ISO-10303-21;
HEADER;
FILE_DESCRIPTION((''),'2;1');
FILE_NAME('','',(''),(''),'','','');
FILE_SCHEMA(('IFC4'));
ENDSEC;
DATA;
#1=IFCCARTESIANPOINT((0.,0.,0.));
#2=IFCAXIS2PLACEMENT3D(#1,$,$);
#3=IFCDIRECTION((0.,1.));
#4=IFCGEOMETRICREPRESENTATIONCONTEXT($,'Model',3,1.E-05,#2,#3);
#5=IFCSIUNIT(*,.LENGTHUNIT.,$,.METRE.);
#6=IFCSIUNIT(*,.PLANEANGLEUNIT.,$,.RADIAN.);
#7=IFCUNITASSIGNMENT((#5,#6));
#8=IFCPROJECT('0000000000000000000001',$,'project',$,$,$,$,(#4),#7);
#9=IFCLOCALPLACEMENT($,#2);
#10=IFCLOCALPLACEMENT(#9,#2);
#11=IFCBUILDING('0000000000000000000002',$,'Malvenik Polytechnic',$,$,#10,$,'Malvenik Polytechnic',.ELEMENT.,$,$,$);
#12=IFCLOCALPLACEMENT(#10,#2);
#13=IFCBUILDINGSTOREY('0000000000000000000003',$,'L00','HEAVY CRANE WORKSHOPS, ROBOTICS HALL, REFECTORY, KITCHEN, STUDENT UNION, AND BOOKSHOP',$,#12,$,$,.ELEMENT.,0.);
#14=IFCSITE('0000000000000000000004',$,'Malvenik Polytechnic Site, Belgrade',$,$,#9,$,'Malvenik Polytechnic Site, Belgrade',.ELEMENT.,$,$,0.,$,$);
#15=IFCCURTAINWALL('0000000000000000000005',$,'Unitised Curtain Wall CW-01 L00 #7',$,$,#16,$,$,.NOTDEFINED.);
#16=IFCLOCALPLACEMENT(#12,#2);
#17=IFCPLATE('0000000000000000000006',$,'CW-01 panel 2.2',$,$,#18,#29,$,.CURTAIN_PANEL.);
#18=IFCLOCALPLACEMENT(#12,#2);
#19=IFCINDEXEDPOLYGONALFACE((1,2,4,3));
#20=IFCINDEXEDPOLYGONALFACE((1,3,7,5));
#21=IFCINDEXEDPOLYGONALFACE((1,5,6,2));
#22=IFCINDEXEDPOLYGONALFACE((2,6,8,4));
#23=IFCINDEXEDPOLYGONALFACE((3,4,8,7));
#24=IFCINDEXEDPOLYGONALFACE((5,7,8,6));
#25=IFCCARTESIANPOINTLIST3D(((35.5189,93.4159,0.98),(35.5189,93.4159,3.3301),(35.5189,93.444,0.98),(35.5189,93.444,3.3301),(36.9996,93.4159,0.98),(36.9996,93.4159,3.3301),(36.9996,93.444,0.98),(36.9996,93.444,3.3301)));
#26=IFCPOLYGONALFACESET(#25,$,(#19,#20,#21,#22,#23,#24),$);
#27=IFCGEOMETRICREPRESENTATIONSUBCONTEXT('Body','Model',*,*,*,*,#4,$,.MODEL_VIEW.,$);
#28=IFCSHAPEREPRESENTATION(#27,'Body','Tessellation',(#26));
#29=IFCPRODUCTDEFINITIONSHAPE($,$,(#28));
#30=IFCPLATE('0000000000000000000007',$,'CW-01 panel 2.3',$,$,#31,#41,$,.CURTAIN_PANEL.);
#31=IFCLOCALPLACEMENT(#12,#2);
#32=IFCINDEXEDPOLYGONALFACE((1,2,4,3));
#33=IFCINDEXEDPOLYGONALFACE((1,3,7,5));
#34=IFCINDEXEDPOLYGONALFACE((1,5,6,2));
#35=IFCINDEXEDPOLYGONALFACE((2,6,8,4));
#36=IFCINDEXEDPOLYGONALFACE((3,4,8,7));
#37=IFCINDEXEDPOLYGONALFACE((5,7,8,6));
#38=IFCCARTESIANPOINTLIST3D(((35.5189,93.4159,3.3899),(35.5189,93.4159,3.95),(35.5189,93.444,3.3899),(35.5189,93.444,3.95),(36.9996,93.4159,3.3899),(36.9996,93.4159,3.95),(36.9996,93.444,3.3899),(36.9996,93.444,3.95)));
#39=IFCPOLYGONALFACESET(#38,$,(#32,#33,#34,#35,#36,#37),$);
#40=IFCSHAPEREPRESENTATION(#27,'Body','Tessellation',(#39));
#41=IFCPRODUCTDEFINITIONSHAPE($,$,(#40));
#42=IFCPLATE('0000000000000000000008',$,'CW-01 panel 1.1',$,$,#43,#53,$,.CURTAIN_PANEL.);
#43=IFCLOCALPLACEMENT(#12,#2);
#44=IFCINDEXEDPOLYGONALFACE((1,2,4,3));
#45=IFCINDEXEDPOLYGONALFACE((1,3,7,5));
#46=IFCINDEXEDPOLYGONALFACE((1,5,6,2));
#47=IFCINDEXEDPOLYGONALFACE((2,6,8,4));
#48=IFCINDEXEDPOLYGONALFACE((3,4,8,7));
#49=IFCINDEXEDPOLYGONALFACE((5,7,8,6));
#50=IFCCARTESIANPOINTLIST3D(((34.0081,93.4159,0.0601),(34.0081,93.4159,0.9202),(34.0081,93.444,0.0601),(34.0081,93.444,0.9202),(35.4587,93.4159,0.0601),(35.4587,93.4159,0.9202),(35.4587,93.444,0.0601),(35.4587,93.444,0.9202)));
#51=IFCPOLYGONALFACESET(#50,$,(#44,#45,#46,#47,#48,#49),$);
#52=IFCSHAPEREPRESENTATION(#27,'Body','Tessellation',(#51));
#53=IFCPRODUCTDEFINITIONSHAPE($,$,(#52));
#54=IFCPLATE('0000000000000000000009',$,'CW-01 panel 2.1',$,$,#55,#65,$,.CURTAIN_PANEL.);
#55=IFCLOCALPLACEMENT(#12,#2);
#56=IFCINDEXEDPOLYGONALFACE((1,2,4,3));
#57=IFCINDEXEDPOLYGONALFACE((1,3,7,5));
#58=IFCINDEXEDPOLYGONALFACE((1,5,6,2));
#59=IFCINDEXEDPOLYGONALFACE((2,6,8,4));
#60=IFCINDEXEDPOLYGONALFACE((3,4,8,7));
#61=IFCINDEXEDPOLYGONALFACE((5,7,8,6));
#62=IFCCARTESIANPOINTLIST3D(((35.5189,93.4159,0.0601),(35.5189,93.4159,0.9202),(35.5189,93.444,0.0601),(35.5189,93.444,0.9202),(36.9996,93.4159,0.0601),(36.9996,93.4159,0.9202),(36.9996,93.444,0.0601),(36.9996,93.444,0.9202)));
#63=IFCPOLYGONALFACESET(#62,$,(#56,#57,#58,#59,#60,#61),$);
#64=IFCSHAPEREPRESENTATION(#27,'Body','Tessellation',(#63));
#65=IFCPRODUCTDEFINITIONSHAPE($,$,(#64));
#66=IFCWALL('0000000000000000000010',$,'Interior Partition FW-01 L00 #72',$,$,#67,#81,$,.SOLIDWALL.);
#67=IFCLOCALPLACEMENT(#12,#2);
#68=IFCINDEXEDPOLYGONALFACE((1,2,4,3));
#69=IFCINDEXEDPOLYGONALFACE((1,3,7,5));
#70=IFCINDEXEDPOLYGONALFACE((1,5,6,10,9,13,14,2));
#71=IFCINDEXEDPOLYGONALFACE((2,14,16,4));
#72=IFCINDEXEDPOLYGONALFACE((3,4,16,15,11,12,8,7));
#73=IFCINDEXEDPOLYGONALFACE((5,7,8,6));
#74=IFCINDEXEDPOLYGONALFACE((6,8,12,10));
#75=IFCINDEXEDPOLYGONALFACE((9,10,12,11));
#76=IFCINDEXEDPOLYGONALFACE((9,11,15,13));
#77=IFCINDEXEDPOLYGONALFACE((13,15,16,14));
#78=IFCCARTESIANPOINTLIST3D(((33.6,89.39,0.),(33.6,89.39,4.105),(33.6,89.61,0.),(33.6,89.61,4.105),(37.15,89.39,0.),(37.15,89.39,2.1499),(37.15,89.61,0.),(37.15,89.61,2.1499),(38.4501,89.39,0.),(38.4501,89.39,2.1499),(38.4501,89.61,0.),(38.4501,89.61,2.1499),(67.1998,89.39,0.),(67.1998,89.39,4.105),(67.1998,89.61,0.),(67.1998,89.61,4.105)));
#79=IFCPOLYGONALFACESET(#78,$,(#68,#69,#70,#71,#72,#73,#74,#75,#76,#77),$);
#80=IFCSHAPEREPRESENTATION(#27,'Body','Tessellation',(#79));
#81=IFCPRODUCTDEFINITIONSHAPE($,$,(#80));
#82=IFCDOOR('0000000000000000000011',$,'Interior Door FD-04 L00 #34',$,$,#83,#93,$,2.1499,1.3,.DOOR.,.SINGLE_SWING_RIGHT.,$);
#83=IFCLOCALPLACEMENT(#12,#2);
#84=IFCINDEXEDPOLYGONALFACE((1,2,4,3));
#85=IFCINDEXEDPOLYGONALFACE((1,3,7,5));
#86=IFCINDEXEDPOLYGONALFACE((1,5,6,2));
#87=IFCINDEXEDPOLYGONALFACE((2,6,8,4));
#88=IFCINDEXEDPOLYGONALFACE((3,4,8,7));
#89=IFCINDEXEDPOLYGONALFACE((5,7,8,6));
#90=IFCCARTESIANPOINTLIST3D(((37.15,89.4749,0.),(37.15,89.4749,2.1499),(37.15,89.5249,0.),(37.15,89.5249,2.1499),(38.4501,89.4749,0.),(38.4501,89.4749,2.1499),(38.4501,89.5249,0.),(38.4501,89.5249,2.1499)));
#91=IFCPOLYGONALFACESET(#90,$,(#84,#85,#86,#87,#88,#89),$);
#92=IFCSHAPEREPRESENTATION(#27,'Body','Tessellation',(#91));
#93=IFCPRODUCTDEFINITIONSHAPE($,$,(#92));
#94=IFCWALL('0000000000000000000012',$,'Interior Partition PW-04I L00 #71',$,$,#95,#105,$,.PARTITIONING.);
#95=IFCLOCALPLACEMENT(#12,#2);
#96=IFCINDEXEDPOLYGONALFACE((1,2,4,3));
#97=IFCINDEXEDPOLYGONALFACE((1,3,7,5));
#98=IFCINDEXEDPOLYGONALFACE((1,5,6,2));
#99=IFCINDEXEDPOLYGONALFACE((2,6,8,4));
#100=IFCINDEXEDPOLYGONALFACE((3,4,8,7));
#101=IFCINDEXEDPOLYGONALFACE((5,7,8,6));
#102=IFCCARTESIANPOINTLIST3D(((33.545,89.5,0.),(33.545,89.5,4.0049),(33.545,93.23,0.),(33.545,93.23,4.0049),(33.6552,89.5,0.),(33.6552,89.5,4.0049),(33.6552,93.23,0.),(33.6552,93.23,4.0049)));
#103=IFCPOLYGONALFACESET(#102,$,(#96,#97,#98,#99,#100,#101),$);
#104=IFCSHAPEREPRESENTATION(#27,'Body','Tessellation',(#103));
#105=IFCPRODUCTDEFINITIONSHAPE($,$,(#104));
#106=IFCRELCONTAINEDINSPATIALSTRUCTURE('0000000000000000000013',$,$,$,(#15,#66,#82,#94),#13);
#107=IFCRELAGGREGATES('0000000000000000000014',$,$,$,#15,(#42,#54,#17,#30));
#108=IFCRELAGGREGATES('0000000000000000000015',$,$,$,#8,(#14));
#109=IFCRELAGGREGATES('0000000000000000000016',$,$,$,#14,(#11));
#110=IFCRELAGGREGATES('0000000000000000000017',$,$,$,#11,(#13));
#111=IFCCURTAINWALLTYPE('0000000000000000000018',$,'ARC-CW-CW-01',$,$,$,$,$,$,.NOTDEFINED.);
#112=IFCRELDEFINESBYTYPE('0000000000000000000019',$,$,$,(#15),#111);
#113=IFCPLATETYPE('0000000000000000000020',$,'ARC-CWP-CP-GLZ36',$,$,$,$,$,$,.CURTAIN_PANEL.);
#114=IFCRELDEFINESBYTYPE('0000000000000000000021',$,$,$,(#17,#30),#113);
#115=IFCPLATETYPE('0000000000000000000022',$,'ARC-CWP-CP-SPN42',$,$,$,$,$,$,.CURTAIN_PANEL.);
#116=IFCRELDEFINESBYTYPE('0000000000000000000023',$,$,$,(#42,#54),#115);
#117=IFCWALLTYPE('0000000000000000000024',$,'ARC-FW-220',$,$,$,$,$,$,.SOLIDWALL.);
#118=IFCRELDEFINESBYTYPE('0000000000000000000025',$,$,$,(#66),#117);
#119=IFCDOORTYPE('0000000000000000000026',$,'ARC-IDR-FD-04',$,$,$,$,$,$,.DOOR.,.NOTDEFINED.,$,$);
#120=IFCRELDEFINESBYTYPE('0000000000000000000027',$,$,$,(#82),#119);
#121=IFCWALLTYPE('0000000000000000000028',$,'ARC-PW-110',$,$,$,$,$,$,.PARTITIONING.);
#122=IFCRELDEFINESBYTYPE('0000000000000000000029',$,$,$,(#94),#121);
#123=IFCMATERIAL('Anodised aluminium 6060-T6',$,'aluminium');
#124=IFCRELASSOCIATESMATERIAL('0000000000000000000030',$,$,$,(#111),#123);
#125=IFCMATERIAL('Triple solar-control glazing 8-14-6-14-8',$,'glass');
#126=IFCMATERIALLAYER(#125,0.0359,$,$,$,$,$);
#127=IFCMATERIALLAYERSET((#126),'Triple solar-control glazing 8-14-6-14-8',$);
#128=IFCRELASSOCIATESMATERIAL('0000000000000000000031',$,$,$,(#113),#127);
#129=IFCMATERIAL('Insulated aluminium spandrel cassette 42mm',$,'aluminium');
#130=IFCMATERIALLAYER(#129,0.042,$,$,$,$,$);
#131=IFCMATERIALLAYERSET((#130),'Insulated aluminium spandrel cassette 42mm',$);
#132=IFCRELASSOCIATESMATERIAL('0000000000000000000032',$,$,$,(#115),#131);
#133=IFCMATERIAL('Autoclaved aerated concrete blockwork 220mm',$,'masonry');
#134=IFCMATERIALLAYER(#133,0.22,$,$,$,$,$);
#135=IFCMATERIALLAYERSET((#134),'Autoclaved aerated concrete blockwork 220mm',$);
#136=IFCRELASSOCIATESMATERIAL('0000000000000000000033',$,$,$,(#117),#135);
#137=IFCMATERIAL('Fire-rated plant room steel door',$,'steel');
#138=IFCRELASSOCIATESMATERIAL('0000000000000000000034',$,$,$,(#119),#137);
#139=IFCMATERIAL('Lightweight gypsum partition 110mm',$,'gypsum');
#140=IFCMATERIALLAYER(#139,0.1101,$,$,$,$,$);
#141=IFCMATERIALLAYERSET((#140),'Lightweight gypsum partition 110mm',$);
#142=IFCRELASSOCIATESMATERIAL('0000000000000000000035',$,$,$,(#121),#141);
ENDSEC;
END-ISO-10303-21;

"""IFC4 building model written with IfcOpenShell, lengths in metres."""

from ifc_helpers import new_model, si_unit, direction, frame, frame_2d, origin, origin_2d, place, context, subcontext, project, spatial, rectangle, extrude, material, layer, layer_set, type_object, element, fill, aggregate, save


model = new_model("IFC4")

# Units and contexts
model_context = context("Model", 3, precision=1e-05, world=origin(), true_north=direction((0.0, 1.0)))
body_context = subcontext(model_context, "Body", "Model", "MODEL_VIEW")
ifc_project = project(units=[si_unit("LENGTHUNIT", "METRE"), si_unit("PLANEANGLEUNIT", "RADIAN")], contexts=[model_context])

# Site, building, storey
site_placement = place(None, origin())
site = spatial("IfcSite", under=ifc_project, at=site_placement, Name="Malvenik Polytechnic Site, Belgrade", LongName="Malvenik Polytechnic Site, Belgrade", CompositionType="ELEMENT", RefElevation=0.0)
building_placement = place(site_placement, origin())
building = spatial("IfcBuilding", under=site, at=building_placement, Name="Malvenik Polytechnic", LongName="Malvenik Polytechnic", CompositionType="ELEMENT")
storey_placement = place(building_placement, origin())
storey = spatial("IfcBuildingStorey", under=building, at=storey_placement, Name="L00", Description="HEAVY CRANE WORKSHOPS, ROBOTICS HALL, REFECTORY, KITCHEN, STUDENT UNION, AND BOOKSHOP", CompositionType="ELEMENT", Elevation=0.0)

# Curtain wall, plates
ifc_material_1 = material(Name="Anodised aluminium 6060-T6", Category="aluminium")
curtain_wall_type = type_object("IfcCurtainWallType", Name="ARC-CW-CW-01", PredefinedType="NOTDEFINED", material=ifc_material_1)
curtain_wall_placement = place(storey_placement, origin())
curtain_wall = element("IfcCurtainWall", 1, at=curtain_wall_placement, inside=storey, type_object=curtain_wall_type, Name="Unitised Curtain Wall CW-01 L00 #7", PredefinedType="NOTDEFINED")
ifc_material_2 = material(Name="Triple solar-control glazing 8-14-6-14-8", Category="glass")
ifc_layer_1 = layer(ifc_material_2, 0.0359)
ifc_layer_set_1 = layer_set([ifc_layer_1], Name="Triple solar-control glazing 8-14-6-14-8")
plate_type_1 = type_object("IfcPlateType", Name="ARC-CWP-CP-GLZ36", PredefinedType="CURTAIN_PANEL", material=ifc_layer_set_1)
plate_1_placement = place(storey_placement, frame((36.2593, 93.4299, 0.98), z_axis=(0.0, 0.0, 1.0), x_axis=(1.0, 0.0, 0.0)))
plate_1 = element("IfcPlate", 2, at=plate_1_placement, type_object=plate_type_1, Name="CW-01 panel 2.2", PredefinedType="CURTAIN_PANEL", context=body_context, shape_type="SweptSolid", body=[
    extrude(rectangle(XDim=1.4807, YDim=0.0281, at=origin_2d()), origin(), (0.0, 0.0, 1.0), 2.3501),
])
plate_2_placement = place(storey_placement, frame((36.2593, 93.4299, 3.3899), z_axis=(0.0, 0.0, 1.0), x_axis=(1.0, 0.0, 0.0)))
plate_2 = element("IfcPlate", 3, at=plate_2_placement, type_object=plate_type_1, Name="CW-01 panel 2.3", PredefinedType="CURTAIN_PANEL", context=body_context, shape_type="SweptSolid", body=[
    extrude(rectangle(XDim=1.4807, YDim=0.0281, at=origin_2d()), origin(), (0.0, 0.0, 1.0), 0.5601),
])
ifc_material_3 = material(Name="Insulated aluminium spandrel cassette 42mm", Category="aluminium")
ifc_layer_2 = layer(ifc_material_3, 0.042)
ifc_layer_set_2 = layer_set([ifc_layer_2], Name="Insulated aluminium spandrel cassette 42mm")
plate_type_2 = type_object("IfcPlateType", Name="ARC-CWP-CP-SPN42", PredefinedType="CURTAIN_PANEL", material=ifc_layer_set_2)
plate_3_placement = place(storey_placement, frame((34.7334, 93.4299, 0.0601), z_axis=(0.0, 0.0, 1.0), x_axis=(1.0, 0.0, 0.0)))
plate_3 = element("IfcPlate", 4, at=plate_3_placement, type_object=plate_type_2, Name="CW-01 panel 1.1", PredefinedType="CURTAIN_PANEL", context=body_context, shape_type="SweptSolid", body=[
    extrude(rectangle(XDim=1.4507, YDim=0.0281, at=origin_2d()), origin(), (0.0, 0.0, 1.0), 0.8601),
])
plate_4_placement = place(storey_placement, frame((36.2593, 93.4299, 0.0601), z_axis=(0.0, 0.0, 1.0), x_axis=(1.0, 0.0, 0.0)))
plate_4 = element("IfcPlate", 5, at=plate_4_placement, type_object=plate_type_2, Name="CW-01 panel 2.1", PredefinedType="CURTAIN_PANEL", context=body_context, shape_type="SweptSolid", body=[
    extrude(rectangle(XDim=1.4807, YDim=0.0281, at=origin_2d()), origin(), (0.0, 0.0, 1.0), 0.8601),
])
aggregate(curtain_wall, [plate_3, plate_4, plate_1, plate_2])

# Wall, opening, door
ifc_material_4 = material(Name="Autoclaved aerated concrete blockwork 220mm", Category="masonry")
ifc_layer_3 = layer(ifc_material_4, 0.22)
ifc_layer_set_3 = layer_set([ifc_layer_3], Name="Autoclaved aerated concrete blockwork 220mm")
wall_type_1 = type_object("IfcWallType", Name="ARC-FW-220", PredefinedType="SOLIDWALL", material=ifc_layer_set_3)
wall_1_placement = place(storey_placement, frame((33.6001, 89.5, 0.0), z_axis=(0.0, 0.0, 1.0), x_axis=(1.0, 0.0, 0.0)))
wall_1 = element("IfcWall", 6, at=wall_1_placement, inside=storey, type_object=wall_type_1, Name="Interior Partition FW-01 L00 #72", PredefinedType="SOLIDWALL", context=body_context, shape_type="SweptSolid", body=[
    extrude(rectangle(XDim=33.5999, YDim=0.22, at=frame_2d((16.7998, 0.0))), origin(), (0.0, 0.0, 1.0), 4.105),
])
opening_placement = place(wall_1_placement, frame((3.55, 0.0, 0.0)))
opening = element("IfcOpeningElement", 7, at=opening_placement, cuts=wall_1, PredefinedType="OPENING", context=body_context, shape_type="SweptSolid", body=[
    extrude(rectangle(XDim=1.3, YDim=2.1499, at=frame_2d((0.6499, 1.075))), frame((0.0, 0.1201, 0.0), z_axis=(0.0, -1.0, 0.0), x_axis=(1.0, 0.0, 0.0)), (0.0, 0.0, 1.0), 0.24),
])
ifc_material_5 = material(Name="Fire-rated plant room steel door", Category="steel")
door_type = type_object("IfcDoorType", Name="ARC-IDR-FD-04", OperationType="NOTDEFINED", PredefinedType="DOOR", material=ifc_material_5)
door_placement = place(opening_placement, origin())
door = element("IfcDoor", 8, at=door_placement, inside=storey, type_object=door_type, Name="Interior Door FD-04 L00 #34", OperationType="SINGLE_SWING_RIGHT", OverallHeight=2.1499, OverallWidth=1.3, PredefinedType="DOOR", context=body_context, shape_type="SweptSolid", body=[
    extrude(rectangle(XDim=1.3, YDim=2.1499, at=frame_2d((0.6499, 1.075))), frame((0.0, 0.0249, 0.0), z_axis=(0.0, -1.0, 0.0), x_axis=(1.0, 0.0, 0.0)), (0.0, 0.0, 1.0), 0.05),
])
fill(opening, door)

# Wall
ifc_material_6 = material(Name="Lightweight gypsum partition 110mm", Category="gypsum")
ifc_layer_4 = layer(ifc_material_6, 0.1101)
ifc_layer_set_4 = layer_set([ifc_layer_4], Name="Lightweight gypsum partition 110mm")
wall_type_2 = type_object("IfcWallType", Name="ARC-PW-110", PredefinedType="PARTITIONING", material=ifc_layer_set_4)
wall_2_placement = place(storey_placement, frame((33.6001, 89.5, 0.0), z_axis=(0.0, 0.0, 1.0), x_axis=(0.0, 1.0, 0.0)))
element("IfcWall", 9, at=wall_2_placement, inside=storey, type_object=wall_type_2, Name="Interior Partition PW-04I L00 #71", PredefinedType="PARTITIONING", context=body_context, shape_type="SweptSolid", body=[
    extrude(rectangle(XDim=3.73, YDim=0.1101, at=frame_2d((1.865, 0.0))), origin(), (0.0, 0.0, 1.0), 4.0049),
])

save(model, "model.ifc")
